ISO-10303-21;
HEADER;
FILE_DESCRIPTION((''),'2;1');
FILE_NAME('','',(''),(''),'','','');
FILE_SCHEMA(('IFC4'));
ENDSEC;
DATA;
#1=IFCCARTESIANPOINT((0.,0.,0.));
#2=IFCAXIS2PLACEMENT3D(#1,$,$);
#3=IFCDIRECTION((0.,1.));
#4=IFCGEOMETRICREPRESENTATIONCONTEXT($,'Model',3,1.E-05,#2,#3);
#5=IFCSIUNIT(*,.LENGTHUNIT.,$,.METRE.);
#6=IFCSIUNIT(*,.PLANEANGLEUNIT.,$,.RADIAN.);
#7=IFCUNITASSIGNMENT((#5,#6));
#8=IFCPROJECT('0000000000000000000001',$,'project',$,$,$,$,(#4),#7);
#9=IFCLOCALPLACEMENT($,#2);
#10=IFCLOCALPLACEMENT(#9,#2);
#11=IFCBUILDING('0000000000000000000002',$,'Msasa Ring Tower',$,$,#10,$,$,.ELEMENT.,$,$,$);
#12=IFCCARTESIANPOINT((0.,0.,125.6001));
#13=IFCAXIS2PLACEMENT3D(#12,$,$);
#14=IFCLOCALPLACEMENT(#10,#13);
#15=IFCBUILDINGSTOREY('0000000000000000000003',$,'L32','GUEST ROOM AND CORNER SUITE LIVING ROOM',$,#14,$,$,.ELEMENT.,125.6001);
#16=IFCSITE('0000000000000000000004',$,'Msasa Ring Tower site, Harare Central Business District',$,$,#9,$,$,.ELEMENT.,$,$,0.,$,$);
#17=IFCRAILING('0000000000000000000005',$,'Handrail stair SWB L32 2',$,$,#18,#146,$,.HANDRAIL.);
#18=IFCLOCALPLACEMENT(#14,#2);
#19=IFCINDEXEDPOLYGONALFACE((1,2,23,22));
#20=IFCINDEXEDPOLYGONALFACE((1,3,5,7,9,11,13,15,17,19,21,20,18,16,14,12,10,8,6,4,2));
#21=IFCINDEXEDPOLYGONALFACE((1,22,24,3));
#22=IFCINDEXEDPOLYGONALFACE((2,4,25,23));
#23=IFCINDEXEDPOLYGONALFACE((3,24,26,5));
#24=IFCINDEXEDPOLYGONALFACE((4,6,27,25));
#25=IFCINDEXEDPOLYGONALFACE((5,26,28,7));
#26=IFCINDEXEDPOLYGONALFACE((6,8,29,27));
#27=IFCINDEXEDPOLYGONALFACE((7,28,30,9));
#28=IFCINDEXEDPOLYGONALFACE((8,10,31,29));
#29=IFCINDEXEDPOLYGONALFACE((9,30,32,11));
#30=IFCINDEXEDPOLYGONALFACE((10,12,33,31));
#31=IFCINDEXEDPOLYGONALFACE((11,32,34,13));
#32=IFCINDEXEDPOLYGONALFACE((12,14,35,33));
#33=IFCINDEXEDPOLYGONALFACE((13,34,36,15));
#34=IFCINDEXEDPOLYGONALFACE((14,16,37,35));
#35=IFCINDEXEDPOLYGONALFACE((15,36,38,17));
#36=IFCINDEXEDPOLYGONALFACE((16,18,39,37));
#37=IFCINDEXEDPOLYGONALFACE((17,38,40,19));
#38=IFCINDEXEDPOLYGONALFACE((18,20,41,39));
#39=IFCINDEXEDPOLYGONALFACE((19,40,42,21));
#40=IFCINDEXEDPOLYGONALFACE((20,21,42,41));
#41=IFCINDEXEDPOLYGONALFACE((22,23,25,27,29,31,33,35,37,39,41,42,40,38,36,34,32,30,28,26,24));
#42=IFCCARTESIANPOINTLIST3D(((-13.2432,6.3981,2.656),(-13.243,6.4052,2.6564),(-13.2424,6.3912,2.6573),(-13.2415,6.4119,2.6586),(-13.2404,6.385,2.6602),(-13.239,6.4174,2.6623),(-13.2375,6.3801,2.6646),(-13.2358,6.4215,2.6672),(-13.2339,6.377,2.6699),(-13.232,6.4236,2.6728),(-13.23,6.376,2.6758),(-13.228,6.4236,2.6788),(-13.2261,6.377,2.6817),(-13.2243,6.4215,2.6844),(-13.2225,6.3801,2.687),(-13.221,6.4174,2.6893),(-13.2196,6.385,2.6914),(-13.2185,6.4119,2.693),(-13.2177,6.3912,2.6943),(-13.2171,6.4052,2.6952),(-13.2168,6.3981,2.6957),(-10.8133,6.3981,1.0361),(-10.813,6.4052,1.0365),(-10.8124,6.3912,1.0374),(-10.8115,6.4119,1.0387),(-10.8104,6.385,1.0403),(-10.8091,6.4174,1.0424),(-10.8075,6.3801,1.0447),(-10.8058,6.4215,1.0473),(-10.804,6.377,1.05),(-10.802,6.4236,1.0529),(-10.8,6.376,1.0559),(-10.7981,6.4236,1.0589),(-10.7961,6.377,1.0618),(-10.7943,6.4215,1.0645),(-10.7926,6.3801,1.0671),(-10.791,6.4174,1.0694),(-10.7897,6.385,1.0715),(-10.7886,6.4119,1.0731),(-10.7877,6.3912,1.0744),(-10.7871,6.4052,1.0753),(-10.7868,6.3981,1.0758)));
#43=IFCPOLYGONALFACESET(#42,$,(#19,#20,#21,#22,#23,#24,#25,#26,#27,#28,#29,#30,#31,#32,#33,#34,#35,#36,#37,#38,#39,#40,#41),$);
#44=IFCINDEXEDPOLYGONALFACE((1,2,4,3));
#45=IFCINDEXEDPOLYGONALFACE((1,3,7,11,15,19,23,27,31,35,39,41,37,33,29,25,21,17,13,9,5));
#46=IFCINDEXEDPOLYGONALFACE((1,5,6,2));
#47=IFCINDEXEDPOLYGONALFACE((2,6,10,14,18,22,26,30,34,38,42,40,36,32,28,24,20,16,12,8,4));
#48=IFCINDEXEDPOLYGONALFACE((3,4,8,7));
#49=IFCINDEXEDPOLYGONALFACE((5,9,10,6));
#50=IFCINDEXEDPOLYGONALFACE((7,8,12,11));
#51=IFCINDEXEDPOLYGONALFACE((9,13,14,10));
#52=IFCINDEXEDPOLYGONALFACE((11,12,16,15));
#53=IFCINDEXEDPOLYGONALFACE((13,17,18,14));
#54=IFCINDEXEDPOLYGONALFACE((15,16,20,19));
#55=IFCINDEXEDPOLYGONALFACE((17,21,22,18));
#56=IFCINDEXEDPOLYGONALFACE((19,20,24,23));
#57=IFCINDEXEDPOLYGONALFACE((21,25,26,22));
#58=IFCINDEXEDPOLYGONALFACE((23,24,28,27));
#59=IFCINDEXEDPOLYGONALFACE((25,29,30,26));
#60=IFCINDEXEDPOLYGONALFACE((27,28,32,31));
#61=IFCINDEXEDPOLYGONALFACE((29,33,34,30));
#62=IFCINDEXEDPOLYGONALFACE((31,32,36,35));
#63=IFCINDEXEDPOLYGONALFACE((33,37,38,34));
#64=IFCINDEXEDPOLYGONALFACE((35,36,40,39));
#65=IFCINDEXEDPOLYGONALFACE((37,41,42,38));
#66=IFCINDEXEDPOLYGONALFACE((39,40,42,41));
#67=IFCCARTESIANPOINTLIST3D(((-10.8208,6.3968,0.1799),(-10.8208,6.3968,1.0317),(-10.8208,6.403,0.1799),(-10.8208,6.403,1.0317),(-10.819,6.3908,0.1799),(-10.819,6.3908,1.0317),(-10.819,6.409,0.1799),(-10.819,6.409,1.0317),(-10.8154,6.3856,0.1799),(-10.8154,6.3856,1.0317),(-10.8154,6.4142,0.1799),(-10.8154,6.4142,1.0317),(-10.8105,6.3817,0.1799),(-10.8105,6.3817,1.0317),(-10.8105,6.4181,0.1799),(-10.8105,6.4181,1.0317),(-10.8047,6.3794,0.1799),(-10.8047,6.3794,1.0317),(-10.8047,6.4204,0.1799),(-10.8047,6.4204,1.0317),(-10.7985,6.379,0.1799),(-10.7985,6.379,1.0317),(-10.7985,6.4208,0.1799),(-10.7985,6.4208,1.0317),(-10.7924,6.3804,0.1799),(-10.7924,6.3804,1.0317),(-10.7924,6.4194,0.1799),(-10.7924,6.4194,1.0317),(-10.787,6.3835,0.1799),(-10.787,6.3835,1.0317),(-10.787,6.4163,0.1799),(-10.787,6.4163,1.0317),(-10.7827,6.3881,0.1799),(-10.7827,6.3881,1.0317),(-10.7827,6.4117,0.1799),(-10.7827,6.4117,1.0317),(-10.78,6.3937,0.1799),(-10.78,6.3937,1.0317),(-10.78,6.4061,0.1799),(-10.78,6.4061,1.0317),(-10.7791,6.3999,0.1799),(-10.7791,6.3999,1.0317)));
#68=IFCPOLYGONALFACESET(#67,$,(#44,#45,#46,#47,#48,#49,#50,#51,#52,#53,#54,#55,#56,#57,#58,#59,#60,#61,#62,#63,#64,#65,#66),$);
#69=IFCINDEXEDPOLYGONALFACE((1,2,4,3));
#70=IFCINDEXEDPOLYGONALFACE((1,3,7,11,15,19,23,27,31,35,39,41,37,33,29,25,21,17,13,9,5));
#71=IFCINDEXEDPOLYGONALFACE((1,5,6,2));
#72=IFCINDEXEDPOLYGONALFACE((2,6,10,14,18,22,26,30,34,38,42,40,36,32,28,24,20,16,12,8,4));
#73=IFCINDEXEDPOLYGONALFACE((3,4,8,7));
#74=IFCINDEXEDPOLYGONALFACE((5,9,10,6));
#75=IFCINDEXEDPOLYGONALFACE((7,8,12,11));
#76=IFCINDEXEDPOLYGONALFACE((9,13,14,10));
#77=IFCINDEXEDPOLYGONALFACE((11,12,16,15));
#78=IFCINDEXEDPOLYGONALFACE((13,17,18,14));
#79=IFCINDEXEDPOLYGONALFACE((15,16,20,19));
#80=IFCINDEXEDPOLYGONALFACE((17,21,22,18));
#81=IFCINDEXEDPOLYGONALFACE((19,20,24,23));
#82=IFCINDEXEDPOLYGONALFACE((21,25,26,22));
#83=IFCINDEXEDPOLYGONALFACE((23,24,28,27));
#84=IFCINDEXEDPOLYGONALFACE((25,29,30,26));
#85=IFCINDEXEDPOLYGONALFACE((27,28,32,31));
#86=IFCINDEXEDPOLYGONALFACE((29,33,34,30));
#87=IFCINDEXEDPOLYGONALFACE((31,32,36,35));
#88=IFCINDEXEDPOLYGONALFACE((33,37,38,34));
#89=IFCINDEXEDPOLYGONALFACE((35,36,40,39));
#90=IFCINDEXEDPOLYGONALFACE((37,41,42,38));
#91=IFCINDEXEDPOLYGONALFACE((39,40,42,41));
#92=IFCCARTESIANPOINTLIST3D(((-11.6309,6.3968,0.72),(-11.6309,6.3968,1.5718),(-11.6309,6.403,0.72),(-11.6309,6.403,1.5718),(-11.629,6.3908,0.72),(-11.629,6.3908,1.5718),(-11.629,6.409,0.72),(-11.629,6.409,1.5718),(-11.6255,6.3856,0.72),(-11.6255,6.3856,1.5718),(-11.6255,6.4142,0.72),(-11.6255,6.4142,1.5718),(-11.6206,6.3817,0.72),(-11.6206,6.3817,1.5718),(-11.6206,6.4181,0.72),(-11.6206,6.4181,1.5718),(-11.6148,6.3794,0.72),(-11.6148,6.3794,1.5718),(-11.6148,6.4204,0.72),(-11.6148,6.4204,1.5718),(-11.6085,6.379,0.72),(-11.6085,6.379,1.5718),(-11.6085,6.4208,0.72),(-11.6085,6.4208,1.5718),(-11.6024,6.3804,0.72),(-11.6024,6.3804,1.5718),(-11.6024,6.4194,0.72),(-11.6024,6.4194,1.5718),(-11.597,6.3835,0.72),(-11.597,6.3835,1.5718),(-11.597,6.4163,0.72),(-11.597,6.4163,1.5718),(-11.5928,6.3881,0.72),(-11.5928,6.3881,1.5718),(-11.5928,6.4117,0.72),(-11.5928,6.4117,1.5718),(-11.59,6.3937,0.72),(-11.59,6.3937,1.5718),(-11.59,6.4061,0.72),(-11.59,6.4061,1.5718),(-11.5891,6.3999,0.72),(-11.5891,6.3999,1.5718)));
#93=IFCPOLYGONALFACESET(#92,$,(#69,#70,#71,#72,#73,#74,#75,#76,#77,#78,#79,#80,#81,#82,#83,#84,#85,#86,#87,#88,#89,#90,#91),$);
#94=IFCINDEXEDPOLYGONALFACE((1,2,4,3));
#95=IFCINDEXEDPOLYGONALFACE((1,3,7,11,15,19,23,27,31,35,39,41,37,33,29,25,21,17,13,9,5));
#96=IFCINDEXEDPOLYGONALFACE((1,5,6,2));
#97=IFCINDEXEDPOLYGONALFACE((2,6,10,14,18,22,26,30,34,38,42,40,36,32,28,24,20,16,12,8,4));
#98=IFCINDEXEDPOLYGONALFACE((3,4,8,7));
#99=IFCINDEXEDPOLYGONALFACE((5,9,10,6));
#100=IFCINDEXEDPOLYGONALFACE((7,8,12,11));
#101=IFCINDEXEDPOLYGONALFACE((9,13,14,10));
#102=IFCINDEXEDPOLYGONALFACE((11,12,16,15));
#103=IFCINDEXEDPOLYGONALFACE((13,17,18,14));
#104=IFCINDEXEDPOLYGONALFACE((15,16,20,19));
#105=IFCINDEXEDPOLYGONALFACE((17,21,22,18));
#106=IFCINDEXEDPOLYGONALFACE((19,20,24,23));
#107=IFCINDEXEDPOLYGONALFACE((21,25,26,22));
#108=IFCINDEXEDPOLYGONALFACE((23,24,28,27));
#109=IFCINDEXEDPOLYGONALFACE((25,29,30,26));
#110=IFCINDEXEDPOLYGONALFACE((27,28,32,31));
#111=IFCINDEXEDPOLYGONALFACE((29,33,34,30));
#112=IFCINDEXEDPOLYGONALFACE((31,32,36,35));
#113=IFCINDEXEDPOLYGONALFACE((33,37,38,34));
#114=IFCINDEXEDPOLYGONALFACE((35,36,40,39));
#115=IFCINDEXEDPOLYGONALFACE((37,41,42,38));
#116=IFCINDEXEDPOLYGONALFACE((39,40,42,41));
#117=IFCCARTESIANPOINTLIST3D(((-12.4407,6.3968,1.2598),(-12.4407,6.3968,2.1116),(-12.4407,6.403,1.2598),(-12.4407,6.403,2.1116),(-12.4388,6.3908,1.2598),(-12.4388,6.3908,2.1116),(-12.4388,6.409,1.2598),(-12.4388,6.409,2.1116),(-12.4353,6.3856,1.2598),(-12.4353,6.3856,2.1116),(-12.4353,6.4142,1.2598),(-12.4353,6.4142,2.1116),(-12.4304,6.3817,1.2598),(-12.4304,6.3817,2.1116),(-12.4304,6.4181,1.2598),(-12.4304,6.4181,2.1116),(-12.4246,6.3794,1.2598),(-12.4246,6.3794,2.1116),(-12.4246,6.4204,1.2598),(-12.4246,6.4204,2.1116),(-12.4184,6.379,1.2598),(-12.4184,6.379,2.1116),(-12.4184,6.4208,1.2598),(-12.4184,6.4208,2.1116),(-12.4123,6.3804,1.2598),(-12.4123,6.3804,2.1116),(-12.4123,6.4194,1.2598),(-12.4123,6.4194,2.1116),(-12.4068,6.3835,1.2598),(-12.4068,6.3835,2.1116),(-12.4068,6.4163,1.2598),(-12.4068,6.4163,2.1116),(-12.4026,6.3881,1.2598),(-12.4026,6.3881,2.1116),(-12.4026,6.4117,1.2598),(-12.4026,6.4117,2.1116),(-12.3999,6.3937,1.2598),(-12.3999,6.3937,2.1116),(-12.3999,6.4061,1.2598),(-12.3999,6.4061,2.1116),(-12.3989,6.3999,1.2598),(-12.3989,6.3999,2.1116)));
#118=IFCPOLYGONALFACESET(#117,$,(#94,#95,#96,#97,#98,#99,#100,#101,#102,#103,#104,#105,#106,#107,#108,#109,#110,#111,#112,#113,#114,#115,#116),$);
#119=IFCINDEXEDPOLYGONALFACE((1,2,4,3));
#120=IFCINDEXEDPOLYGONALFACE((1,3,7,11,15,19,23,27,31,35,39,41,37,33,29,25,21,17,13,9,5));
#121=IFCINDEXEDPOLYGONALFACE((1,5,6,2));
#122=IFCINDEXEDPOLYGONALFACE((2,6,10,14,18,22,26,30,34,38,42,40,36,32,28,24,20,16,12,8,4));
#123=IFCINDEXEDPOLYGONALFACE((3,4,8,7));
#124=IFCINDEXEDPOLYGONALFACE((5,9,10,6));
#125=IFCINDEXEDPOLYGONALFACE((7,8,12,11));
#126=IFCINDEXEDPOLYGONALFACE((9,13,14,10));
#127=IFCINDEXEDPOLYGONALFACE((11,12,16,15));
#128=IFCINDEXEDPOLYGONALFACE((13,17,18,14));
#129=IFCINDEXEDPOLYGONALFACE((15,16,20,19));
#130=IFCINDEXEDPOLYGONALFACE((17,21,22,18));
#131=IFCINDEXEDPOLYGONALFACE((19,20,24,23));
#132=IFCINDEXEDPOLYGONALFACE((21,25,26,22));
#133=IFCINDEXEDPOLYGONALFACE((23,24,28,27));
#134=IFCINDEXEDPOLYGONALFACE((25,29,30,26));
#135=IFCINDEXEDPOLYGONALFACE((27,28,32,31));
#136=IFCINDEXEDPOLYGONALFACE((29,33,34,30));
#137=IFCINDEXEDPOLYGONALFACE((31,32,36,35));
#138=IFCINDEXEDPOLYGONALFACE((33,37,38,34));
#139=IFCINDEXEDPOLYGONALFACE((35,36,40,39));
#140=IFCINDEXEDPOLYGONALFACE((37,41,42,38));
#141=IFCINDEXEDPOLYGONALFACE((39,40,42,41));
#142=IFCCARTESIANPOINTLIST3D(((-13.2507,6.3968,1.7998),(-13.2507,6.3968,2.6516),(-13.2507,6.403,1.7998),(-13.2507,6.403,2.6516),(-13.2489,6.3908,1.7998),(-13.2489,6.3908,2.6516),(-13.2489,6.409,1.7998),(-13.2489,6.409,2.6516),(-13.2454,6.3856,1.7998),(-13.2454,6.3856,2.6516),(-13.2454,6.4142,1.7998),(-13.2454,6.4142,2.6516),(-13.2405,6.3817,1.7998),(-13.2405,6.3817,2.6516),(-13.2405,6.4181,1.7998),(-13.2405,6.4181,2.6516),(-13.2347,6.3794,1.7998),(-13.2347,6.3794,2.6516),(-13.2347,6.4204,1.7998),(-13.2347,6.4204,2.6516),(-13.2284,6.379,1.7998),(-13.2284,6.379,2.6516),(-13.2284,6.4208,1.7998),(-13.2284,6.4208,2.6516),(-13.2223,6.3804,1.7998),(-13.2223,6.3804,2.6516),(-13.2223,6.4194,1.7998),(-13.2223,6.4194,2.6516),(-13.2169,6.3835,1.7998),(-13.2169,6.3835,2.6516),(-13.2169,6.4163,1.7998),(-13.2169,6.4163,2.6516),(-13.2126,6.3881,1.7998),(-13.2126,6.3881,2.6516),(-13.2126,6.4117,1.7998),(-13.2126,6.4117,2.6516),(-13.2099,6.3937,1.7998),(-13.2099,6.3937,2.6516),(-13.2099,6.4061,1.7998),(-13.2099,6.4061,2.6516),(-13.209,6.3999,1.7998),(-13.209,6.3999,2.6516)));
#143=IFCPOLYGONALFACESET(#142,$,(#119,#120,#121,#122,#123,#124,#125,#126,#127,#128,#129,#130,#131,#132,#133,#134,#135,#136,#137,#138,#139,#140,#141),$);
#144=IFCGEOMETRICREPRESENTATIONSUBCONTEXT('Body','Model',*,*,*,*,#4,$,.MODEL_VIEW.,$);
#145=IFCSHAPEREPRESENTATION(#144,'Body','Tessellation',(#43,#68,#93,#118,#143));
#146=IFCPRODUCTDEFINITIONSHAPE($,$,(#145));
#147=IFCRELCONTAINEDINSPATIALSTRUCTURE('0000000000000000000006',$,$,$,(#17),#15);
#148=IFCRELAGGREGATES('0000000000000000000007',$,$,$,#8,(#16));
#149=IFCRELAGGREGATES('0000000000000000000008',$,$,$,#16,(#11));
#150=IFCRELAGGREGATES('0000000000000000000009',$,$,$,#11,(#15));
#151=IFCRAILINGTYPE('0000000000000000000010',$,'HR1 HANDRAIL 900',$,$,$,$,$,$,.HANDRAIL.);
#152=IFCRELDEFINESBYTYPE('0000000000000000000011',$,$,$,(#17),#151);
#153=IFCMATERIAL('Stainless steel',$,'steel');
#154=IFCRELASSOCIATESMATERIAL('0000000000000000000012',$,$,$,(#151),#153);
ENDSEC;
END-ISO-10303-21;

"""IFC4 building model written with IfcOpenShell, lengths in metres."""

from ifc_helpers import new_model, si_unit, direction, frame, origin, origin_2d, place, context, subcontext, project, spatial, circle, extrude, material, type_object, element, save


model = new_model("IFC4")

# Units and contexts
model_context = context("Model", 3, precision=1e-05, world=origin(), true_north=direction((0.0, 1.0)))
body_context = subcontext(model_context, "Body", "Model", "MODEL_VIEW")
ifc_project = project(units=[si_unit("LENGTHUNIT", "METRE"), si_unit("PLANEANGLEUNIT", "RADIAN")], contexts=[model_context])

# Site, building, storey
site_placement = place(None, origin())
site = spatial("IfcSite", under=ifc_project, at=site_placement, Name="Msasa Ring Tower site, Harare Central Business District", CompositionType="ELEMENT", RefElevation=0.0)
building_placement = place(site_placement, origin())
building = spatial("IfcBuilding", under=site, at=building_placement, Name="Msasa Ring Tower", CompositionType="ELEMENT")
storey_placement = place(building_placement, frame((0.0, 0.0, 125.6001)))
storey = spatial("IfcBuildingStorey", under=building, at=storey_placement, Name="L32", Description="GUEST ROOM AND CORNER SUITE LIVING ROOM", CompositionType="ELEMENT", Elevation=125.6001)

# Railing
ifc_material_1 = material(Name="Stainless steel", Category="steel")
railing_type = type_object("IfcRailingType", Name="HR1 HANDRAIL 900", PredefinedType="HANDRAIL", material=ifc_material_1)
for number, where, name in (
    (1, (-10.8, 6.3999, 0.1799), "Handrail stair SWB L32 2"),
):
    element("IfcRailing", number, at=place(storey_placement, frame(where)), inside=storey, type_object=railing_type, Name=name, PredefinedType="HANDRAIL", context=body_context, shape_type="SweptSolid", body=[
        extrude(circle(Radius=0.0239, at=origin_2d()), frame((0.0, 0.0, 0.876), z_axis=(-0.832063, 0.0, 0.554681), x_axis=(0.0, -1.0, 0.0)), (0.0, 0.0, 1.0), 2.9204),
        extrude(circle(Radius=0.021, at=origin_2d()), origin(), (0.0, 0.0, 1.0), 0.8518),
        extrude(circle(Radius=0.021, at=origin_2d()), frame((-0.8101, 0.0, 0.54)), (0.0, 0.0, 1.0), 0.8518),
        extrude(circle(Radius=0.021, at=origin_2d()), frame((-1.6199, 0.0, 1.0798)), (0.0, 0.0, 1.0), 0.8518),
        extrude(circle(Radius=0.021, at=origin_2d()), frame((-2.4299, 0.0, 1.6199)), (0.0, 0.0, 1.0), 0.8518),
    ])

save(model, "model.ifc")
